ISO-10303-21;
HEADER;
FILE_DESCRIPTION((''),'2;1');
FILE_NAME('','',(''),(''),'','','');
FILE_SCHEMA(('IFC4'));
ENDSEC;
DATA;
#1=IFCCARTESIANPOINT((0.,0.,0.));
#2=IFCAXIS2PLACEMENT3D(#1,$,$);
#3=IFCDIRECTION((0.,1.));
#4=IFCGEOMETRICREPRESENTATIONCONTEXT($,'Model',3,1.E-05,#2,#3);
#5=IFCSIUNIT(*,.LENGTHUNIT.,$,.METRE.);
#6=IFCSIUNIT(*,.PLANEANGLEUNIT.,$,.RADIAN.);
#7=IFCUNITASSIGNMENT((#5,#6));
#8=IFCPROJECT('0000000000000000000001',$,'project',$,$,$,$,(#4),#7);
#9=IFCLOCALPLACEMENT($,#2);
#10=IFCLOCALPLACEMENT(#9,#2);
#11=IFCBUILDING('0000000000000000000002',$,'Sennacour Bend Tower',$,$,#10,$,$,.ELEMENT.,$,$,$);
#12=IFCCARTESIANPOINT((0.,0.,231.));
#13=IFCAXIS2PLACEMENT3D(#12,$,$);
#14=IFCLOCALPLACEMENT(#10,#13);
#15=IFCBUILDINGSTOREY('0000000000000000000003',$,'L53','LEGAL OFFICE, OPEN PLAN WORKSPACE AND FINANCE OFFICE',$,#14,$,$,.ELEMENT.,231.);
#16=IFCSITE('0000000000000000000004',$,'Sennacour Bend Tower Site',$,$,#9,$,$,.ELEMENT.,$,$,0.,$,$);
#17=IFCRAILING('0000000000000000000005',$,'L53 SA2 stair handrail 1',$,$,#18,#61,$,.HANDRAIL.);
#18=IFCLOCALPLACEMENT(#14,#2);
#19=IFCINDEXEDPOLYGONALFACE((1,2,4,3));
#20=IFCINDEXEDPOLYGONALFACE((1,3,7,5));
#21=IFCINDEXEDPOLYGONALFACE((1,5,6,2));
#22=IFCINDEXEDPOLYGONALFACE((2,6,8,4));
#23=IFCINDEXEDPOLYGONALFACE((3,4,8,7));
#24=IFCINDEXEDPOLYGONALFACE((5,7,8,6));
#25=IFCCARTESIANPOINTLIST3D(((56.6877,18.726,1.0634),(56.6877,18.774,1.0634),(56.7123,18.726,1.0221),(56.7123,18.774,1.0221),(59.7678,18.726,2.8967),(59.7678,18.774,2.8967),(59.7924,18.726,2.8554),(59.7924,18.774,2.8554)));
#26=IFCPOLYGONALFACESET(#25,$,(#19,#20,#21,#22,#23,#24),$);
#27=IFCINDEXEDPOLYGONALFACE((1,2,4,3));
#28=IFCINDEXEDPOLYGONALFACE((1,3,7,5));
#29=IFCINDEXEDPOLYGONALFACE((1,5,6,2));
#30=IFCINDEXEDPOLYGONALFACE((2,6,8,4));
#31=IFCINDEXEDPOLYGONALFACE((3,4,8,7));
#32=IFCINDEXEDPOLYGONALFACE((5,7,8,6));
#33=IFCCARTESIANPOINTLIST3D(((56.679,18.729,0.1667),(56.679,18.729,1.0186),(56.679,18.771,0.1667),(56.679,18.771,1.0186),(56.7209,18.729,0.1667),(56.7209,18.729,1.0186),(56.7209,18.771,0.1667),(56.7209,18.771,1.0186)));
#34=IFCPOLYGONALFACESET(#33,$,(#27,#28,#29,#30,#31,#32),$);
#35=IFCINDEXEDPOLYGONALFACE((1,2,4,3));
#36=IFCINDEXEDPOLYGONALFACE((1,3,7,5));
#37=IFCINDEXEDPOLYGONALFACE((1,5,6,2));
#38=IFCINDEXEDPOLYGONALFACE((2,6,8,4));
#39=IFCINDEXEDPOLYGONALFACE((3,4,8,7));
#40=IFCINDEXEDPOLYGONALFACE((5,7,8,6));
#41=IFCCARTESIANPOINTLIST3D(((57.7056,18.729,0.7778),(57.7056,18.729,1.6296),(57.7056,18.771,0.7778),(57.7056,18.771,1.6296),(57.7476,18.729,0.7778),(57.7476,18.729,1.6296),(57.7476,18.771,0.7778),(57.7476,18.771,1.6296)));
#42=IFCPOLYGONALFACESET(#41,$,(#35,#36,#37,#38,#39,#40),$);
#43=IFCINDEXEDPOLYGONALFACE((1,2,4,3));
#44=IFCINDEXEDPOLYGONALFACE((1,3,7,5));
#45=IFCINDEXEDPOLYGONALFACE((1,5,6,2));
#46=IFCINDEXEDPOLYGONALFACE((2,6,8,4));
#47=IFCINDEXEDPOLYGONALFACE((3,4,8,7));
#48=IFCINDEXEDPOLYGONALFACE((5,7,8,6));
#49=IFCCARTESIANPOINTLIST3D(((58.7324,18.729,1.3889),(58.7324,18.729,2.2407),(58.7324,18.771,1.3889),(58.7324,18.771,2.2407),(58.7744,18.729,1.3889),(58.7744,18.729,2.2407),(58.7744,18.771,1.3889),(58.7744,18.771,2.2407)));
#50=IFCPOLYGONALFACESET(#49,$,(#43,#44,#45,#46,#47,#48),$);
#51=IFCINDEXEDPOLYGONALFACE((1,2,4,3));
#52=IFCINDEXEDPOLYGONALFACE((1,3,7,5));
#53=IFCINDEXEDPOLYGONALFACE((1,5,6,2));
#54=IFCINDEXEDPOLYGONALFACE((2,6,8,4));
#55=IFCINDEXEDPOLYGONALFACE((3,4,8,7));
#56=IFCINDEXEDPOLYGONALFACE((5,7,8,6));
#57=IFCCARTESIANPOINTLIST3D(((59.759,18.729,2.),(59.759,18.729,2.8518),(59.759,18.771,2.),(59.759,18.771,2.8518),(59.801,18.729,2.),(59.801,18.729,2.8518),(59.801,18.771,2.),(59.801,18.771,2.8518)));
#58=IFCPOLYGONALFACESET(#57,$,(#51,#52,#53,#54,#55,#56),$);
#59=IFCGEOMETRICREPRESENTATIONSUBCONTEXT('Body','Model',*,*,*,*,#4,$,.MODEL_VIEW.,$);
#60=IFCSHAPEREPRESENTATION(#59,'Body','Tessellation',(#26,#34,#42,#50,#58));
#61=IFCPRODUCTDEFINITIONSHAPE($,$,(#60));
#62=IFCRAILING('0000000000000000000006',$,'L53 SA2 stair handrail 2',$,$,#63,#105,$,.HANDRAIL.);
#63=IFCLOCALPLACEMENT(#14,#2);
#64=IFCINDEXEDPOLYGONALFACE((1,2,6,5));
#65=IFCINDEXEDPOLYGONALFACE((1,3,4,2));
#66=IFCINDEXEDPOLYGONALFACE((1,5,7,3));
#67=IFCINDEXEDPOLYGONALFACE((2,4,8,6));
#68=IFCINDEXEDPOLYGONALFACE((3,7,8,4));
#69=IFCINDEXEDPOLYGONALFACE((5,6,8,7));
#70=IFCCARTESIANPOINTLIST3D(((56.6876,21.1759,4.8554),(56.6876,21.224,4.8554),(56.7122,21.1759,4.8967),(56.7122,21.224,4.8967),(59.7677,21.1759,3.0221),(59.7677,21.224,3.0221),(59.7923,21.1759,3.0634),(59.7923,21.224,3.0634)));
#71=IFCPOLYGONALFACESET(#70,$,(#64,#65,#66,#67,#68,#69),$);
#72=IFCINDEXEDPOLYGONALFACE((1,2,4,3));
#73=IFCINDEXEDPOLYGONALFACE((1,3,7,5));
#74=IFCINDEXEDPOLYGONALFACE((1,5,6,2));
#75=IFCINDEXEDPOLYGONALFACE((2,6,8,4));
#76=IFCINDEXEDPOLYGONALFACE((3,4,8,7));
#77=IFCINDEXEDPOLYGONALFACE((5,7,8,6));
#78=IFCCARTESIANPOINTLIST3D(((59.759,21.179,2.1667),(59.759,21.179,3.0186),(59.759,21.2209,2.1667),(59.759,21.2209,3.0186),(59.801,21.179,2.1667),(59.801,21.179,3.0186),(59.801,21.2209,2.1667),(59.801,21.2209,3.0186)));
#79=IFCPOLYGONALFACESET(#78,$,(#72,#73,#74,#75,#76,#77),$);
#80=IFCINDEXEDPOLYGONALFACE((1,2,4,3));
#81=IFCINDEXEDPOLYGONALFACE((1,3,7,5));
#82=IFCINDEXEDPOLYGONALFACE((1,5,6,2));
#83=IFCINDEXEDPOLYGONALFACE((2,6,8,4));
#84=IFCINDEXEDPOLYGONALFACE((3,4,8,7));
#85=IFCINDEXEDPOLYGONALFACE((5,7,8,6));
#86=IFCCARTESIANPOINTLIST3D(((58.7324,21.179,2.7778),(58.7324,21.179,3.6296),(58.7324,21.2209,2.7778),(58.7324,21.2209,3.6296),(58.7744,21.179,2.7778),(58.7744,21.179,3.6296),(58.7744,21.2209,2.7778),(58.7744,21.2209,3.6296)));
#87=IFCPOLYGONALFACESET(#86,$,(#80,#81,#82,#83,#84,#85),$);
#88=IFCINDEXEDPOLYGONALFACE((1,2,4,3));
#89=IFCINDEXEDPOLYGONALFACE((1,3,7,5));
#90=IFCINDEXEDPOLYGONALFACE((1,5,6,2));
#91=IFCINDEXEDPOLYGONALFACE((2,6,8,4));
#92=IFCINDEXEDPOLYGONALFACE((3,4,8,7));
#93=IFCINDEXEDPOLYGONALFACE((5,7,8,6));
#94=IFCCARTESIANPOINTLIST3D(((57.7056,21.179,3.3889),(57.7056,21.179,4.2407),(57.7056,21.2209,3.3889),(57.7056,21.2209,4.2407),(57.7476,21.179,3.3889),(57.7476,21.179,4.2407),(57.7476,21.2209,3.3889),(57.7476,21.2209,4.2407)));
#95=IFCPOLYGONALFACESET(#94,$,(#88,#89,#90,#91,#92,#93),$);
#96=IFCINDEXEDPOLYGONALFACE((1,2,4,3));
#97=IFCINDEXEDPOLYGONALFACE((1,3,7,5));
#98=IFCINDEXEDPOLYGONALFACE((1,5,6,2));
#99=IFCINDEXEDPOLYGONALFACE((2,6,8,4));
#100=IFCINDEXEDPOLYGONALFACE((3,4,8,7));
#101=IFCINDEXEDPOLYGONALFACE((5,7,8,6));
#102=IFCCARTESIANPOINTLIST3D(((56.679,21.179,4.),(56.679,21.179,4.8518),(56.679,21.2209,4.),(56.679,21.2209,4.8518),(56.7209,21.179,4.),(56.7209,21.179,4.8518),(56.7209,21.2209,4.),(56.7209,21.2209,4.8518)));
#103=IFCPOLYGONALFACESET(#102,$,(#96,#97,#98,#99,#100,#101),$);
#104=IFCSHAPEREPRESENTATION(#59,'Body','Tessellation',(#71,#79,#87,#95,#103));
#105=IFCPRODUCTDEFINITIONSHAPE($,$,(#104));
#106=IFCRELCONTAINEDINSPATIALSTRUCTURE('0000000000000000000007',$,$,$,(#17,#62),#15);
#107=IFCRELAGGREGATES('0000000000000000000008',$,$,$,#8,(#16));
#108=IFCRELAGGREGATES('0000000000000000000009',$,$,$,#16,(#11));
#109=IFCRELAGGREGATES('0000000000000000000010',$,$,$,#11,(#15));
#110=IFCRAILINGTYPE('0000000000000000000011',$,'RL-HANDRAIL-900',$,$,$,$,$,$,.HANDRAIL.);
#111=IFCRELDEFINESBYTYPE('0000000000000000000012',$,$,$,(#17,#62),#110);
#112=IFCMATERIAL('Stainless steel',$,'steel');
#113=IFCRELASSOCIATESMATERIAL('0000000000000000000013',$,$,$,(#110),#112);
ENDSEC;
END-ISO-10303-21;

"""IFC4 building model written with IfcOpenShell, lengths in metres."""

from ifc_helpers import new_model, si_unit, direction, frame, origin, origin_2d, place, context, subcontext, project, spatial, rectangle, extrude, material, type_object, element, save


model = new_model("IFC4")

# Units and contexts
model_context = context("Model", 3, precision=1e-05, world=origin(), true_north=direction((0.0, 1.0)))
body_context = subcontext(model_context, "Body", "Model", "MODEL_VIEW")
ifc_project = project(units=[si_unit("LENGTHUNIT", "METRE"), si_unit("PLANEANGLEUNIT", "RADIAN")], contexts=[model_context])

# Site, building, storey
site_placement = place(None, origin())
site = spatial("IfcSite", under=ifc_project, at=site_placement, Name="Sennacour Bend Tower Site", CompositionType="ELEMENT", RefElevation=0.0)
building_placement = place(site_placement, origin())
building = spatial("IfcBuilding", under=site, at=building_placement, Name="Sennacour Bend Tower", CompositionType="ELEMENT")
storey_placement = place(building_placement, frame((0.0, 0.0, 231.0)))
storey = spatial("IfcBuildingStorey", under=building, at=storey_placement, Name="L53", Description="LEGAL OFFICE, OPEN PLAN WORKSPACE AND FINANCE OFFICE", CompositionType="ELEMENT", Elevation=231.0)

# Shared definitions
ifc_material_1 = material(Name="Stainless steel", Category="steel")

# Railings
railing_type_1 = type_object("IfcRailingType", Name="RL-HANDRAIL-900", PredefinedType="HANDRAIL", material=ifc_material_1)
railing_1_placement = place(storey_placement, frame((56.7, 18.75, 0.1667)))
element("IfcRailing", 1, at=railing_1_placement, inside=storey, type_object=railing_type_1, Name="L53 SA2 stair handrail 1", PredefinedType="HANDRAIL", context=body_context, shape_type="SweptSolid", body=[
    extrude(rectangle(XDim=0.0481, YDim=0.0481, at=origin_2d()), frame((0.0, 0.0, 0.876), z_axis=(0.859309, 0.0, 0.511458), x_axis=(0.0, 1.0, 0.0)), (0.0, 0.0, 1.0), 3.5845),
    extrude(rectangle(XDim=0.042, YDim=0.042, at=origin_2d()), origin(), (0.0, 0.0, 1.0), 0.8518),
    extrude(rectangle(XDim=0.042, YDim=0.042, at=origin_2d()), frame((1.0266, 0.0, 0.6111)), (0.0, 0.0, 1.0), 0.8518),
    extrude(rectangle(XDim=0.042, YDim=0.042, at=origin_2d()), frame((2.0535, 0.0, 1.2222)), (0.0, 0.0, 1.0), 0.8518),
    extrude(rectangle(XDim=0.042, YDim=0.042, at=origin_2d()), frame((3.0801, 0.0, 1.8333)), (0.0, 0.0, 1.0), 0.8518),
])
railing_2_placement = place(storey_placement, frame((59.78, 21.2, 2.1667)))
element("IfcRailing", 2, at=railing_2_placement, inside=storey, type_object=railing_type_1, Name="L53 SA2 stair handrail 2", PredefinedType="HANDRAIL", context=body_context, shape_type="SweptSolid", body=[
    extrude(rectangle(XDim=0.0481, YDim=0.0481, at=origin_2d()), frame((0.0, 0.0, 0.876), z_axis=(-0.859309, 0.0, 0.511458), x_axis=(0.0, -1.0, 0.0)), (0.0, 0.0, 1.0), 3.5845),
    extrude(rectangle(XDim=0.042, YDim=0.042, at=origin_2d()), origin(), (0.0, 0.0, 1.0), 0.8518),
    extrude(rectangle(XDim=0.042, YDim=0.042, at=origin_2d()), frame((-1.0266, 0.0, 0.6111)), (0.0, 0.0, 1.0), 0.8518),
    extrude(rectangle(XDim=0.042, YDim=0.042, at=origin_2d()), frame((-2.0535, 0.0, 1.2222)), (0.0, 0.0, 1.0), 0.8518),
    extrude(rectangle(XDim=0.042, YDim=0.042, at=origin_2d()), frame((-3.0801, 0.0, 1.8333)), (0.0, 0.0, 1.0), 0.8518),
])

save(model, "model.ifc")
